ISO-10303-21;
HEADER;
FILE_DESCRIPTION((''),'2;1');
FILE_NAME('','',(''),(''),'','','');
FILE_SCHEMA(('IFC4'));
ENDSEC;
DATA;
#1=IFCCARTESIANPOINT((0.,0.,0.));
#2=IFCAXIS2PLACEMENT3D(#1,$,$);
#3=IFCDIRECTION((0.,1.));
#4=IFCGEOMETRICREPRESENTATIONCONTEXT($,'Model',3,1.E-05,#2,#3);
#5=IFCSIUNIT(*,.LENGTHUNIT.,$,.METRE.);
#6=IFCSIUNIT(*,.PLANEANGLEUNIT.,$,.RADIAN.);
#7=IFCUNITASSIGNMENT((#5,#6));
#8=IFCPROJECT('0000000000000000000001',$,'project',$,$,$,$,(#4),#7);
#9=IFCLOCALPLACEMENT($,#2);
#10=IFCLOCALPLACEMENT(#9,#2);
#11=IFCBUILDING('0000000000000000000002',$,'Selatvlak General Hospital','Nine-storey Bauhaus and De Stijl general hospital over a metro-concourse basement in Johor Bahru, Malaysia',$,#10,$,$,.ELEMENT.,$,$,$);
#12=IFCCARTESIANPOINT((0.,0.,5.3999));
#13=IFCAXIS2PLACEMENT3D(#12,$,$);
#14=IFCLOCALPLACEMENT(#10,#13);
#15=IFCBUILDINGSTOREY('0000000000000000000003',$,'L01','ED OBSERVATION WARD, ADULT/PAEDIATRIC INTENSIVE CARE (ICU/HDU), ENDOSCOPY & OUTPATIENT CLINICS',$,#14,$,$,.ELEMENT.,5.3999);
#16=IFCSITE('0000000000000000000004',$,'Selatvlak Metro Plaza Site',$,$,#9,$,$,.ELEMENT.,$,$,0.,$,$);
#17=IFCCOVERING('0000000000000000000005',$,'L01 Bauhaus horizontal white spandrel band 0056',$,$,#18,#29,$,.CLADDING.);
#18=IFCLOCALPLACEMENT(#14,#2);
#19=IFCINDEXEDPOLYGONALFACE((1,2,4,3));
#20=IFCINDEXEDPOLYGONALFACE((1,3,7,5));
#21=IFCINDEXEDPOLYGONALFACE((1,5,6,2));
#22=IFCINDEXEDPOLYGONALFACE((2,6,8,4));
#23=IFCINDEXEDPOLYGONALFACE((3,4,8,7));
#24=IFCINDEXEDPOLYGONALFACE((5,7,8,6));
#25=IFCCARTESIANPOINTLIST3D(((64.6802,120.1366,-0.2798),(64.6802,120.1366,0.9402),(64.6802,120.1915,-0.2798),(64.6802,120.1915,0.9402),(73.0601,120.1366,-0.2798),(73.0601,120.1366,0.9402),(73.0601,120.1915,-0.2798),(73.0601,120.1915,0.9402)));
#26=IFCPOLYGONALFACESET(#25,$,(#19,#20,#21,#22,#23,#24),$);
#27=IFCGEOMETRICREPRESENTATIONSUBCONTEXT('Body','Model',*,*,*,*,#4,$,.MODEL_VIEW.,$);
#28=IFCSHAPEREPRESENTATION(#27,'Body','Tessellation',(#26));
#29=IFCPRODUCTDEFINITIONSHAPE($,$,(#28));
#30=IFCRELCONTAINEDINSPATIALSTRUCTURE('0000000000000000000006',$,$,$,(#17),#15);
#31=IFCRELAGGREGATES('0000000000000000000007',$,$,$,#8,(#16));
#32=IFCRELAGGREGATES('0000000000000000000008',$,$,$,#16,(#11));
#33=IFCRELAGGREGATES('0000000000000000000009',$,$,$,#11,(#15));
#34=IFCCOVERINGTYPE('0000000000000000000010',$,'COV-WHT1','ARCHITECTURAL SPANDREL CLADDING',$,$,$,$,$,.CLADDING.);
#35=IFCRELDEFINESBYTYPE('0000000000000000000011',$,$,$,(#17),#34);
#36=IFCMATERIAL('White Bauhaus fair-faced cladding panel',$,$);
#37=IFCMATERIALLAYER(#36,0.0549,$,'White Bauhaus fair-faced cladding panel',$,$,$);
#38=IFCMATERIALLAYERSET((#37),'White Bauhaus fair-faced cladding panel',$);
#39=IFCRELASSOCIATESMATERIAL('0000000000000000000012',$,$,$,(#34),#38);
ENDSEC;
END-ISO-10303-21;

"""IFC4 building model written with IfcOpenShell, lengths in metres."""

from ifc_helpers import new_model, si_unit, direction, frame, origin, origin_2d, place, context, subcontext, project, spatial, rectangle, extrude, material, layer, layer_set, type_object, element, save


model = new_model("IFC4")

# Units and contexts
model_context = context("Model", 3, precision=1e-05, world=origin(), true_north=direction((0.0, 1.0)))
body_context = subcontext(model_context, "Body", "Model", "MODEL_VIEW")
ifc_project = project(units=[si_unit("LENGTHUNIT", "METRE"), si_unit("PLANEANGLEUNIT", "RADIAN")], contexts=[model_context])

# Site, building, storey
site_placement = place(None, origin())
site = spatial("IfcSite", under=ifc_project, at=site_placement, Name="Selatvlak Metro Plaza Site", CompositionType="ELEMENT", RefElevation=0.0)
building_placement = place(site_placement, origin())
building = spatial("IfcBuilding", under=site, at=building_placement, Name="Selatvlak General Hospital", Description="Nine-storey Bauhaus and De Stijl general hospital over a metro-concourse basement in Johor Bahru, Malaysia", CompositionType="ELEMENT")
storey_placement = place(building_placement, frame((0.0, 0.0, 5.3999)))
storey = spatial("IfcBuildingStorey", under=building, at=storey_placement, Name="L01", Description="ED OBSERVATION WARD, ADULT/PAEDIATRIC INTENSIVE CARE (ICU/HDU), ENDOSCOPY & OUTPATIENT CLINICS", CompositionType="ELEMENT", Elevation=5.3999)

# Covering
ifc_material_1 = material(Name="White Bauhaus fair-faced cladding panel")
ifc_layer_1 = layer(ifc_material_1, 0.0549, Name="White Bauhaus fair-faced cladding panel")
ifc_layer_set_1 = layer_set([ifc_layer_1], Name="White Bauhaus fair-faced cladding panel")
covering_type = type_object("IfcCoveringType", Name="COV-WHT1", Description="ARCHITECTURAL SPANDREL CLADDING", PredefinedType="CLADDING", material=ifc_layer_set_1)
covering_placement = place(storey_placement, frame((68.8701, 120.1641, -0.2798), z_axis=(0.0, 0.0, 1.0), x_axis=(1.0, 0.0, 0.0)))
element("IfcCovering", 1, at=covering_placement, inside=storey, type_object=covering_type, Name="L01 Bauhaus horizontal white spandrel band 0056", PredefinedType="CLADDING", context=body_context, shape_type="SweptSolid", body=[
    extrude(rectangle(XDim=8.3799, YDim=0.0549, at=origin_2d()), origin(), (0.0, 0.0, 1.0), 1.22),
])

save(model, "model.ifc")
